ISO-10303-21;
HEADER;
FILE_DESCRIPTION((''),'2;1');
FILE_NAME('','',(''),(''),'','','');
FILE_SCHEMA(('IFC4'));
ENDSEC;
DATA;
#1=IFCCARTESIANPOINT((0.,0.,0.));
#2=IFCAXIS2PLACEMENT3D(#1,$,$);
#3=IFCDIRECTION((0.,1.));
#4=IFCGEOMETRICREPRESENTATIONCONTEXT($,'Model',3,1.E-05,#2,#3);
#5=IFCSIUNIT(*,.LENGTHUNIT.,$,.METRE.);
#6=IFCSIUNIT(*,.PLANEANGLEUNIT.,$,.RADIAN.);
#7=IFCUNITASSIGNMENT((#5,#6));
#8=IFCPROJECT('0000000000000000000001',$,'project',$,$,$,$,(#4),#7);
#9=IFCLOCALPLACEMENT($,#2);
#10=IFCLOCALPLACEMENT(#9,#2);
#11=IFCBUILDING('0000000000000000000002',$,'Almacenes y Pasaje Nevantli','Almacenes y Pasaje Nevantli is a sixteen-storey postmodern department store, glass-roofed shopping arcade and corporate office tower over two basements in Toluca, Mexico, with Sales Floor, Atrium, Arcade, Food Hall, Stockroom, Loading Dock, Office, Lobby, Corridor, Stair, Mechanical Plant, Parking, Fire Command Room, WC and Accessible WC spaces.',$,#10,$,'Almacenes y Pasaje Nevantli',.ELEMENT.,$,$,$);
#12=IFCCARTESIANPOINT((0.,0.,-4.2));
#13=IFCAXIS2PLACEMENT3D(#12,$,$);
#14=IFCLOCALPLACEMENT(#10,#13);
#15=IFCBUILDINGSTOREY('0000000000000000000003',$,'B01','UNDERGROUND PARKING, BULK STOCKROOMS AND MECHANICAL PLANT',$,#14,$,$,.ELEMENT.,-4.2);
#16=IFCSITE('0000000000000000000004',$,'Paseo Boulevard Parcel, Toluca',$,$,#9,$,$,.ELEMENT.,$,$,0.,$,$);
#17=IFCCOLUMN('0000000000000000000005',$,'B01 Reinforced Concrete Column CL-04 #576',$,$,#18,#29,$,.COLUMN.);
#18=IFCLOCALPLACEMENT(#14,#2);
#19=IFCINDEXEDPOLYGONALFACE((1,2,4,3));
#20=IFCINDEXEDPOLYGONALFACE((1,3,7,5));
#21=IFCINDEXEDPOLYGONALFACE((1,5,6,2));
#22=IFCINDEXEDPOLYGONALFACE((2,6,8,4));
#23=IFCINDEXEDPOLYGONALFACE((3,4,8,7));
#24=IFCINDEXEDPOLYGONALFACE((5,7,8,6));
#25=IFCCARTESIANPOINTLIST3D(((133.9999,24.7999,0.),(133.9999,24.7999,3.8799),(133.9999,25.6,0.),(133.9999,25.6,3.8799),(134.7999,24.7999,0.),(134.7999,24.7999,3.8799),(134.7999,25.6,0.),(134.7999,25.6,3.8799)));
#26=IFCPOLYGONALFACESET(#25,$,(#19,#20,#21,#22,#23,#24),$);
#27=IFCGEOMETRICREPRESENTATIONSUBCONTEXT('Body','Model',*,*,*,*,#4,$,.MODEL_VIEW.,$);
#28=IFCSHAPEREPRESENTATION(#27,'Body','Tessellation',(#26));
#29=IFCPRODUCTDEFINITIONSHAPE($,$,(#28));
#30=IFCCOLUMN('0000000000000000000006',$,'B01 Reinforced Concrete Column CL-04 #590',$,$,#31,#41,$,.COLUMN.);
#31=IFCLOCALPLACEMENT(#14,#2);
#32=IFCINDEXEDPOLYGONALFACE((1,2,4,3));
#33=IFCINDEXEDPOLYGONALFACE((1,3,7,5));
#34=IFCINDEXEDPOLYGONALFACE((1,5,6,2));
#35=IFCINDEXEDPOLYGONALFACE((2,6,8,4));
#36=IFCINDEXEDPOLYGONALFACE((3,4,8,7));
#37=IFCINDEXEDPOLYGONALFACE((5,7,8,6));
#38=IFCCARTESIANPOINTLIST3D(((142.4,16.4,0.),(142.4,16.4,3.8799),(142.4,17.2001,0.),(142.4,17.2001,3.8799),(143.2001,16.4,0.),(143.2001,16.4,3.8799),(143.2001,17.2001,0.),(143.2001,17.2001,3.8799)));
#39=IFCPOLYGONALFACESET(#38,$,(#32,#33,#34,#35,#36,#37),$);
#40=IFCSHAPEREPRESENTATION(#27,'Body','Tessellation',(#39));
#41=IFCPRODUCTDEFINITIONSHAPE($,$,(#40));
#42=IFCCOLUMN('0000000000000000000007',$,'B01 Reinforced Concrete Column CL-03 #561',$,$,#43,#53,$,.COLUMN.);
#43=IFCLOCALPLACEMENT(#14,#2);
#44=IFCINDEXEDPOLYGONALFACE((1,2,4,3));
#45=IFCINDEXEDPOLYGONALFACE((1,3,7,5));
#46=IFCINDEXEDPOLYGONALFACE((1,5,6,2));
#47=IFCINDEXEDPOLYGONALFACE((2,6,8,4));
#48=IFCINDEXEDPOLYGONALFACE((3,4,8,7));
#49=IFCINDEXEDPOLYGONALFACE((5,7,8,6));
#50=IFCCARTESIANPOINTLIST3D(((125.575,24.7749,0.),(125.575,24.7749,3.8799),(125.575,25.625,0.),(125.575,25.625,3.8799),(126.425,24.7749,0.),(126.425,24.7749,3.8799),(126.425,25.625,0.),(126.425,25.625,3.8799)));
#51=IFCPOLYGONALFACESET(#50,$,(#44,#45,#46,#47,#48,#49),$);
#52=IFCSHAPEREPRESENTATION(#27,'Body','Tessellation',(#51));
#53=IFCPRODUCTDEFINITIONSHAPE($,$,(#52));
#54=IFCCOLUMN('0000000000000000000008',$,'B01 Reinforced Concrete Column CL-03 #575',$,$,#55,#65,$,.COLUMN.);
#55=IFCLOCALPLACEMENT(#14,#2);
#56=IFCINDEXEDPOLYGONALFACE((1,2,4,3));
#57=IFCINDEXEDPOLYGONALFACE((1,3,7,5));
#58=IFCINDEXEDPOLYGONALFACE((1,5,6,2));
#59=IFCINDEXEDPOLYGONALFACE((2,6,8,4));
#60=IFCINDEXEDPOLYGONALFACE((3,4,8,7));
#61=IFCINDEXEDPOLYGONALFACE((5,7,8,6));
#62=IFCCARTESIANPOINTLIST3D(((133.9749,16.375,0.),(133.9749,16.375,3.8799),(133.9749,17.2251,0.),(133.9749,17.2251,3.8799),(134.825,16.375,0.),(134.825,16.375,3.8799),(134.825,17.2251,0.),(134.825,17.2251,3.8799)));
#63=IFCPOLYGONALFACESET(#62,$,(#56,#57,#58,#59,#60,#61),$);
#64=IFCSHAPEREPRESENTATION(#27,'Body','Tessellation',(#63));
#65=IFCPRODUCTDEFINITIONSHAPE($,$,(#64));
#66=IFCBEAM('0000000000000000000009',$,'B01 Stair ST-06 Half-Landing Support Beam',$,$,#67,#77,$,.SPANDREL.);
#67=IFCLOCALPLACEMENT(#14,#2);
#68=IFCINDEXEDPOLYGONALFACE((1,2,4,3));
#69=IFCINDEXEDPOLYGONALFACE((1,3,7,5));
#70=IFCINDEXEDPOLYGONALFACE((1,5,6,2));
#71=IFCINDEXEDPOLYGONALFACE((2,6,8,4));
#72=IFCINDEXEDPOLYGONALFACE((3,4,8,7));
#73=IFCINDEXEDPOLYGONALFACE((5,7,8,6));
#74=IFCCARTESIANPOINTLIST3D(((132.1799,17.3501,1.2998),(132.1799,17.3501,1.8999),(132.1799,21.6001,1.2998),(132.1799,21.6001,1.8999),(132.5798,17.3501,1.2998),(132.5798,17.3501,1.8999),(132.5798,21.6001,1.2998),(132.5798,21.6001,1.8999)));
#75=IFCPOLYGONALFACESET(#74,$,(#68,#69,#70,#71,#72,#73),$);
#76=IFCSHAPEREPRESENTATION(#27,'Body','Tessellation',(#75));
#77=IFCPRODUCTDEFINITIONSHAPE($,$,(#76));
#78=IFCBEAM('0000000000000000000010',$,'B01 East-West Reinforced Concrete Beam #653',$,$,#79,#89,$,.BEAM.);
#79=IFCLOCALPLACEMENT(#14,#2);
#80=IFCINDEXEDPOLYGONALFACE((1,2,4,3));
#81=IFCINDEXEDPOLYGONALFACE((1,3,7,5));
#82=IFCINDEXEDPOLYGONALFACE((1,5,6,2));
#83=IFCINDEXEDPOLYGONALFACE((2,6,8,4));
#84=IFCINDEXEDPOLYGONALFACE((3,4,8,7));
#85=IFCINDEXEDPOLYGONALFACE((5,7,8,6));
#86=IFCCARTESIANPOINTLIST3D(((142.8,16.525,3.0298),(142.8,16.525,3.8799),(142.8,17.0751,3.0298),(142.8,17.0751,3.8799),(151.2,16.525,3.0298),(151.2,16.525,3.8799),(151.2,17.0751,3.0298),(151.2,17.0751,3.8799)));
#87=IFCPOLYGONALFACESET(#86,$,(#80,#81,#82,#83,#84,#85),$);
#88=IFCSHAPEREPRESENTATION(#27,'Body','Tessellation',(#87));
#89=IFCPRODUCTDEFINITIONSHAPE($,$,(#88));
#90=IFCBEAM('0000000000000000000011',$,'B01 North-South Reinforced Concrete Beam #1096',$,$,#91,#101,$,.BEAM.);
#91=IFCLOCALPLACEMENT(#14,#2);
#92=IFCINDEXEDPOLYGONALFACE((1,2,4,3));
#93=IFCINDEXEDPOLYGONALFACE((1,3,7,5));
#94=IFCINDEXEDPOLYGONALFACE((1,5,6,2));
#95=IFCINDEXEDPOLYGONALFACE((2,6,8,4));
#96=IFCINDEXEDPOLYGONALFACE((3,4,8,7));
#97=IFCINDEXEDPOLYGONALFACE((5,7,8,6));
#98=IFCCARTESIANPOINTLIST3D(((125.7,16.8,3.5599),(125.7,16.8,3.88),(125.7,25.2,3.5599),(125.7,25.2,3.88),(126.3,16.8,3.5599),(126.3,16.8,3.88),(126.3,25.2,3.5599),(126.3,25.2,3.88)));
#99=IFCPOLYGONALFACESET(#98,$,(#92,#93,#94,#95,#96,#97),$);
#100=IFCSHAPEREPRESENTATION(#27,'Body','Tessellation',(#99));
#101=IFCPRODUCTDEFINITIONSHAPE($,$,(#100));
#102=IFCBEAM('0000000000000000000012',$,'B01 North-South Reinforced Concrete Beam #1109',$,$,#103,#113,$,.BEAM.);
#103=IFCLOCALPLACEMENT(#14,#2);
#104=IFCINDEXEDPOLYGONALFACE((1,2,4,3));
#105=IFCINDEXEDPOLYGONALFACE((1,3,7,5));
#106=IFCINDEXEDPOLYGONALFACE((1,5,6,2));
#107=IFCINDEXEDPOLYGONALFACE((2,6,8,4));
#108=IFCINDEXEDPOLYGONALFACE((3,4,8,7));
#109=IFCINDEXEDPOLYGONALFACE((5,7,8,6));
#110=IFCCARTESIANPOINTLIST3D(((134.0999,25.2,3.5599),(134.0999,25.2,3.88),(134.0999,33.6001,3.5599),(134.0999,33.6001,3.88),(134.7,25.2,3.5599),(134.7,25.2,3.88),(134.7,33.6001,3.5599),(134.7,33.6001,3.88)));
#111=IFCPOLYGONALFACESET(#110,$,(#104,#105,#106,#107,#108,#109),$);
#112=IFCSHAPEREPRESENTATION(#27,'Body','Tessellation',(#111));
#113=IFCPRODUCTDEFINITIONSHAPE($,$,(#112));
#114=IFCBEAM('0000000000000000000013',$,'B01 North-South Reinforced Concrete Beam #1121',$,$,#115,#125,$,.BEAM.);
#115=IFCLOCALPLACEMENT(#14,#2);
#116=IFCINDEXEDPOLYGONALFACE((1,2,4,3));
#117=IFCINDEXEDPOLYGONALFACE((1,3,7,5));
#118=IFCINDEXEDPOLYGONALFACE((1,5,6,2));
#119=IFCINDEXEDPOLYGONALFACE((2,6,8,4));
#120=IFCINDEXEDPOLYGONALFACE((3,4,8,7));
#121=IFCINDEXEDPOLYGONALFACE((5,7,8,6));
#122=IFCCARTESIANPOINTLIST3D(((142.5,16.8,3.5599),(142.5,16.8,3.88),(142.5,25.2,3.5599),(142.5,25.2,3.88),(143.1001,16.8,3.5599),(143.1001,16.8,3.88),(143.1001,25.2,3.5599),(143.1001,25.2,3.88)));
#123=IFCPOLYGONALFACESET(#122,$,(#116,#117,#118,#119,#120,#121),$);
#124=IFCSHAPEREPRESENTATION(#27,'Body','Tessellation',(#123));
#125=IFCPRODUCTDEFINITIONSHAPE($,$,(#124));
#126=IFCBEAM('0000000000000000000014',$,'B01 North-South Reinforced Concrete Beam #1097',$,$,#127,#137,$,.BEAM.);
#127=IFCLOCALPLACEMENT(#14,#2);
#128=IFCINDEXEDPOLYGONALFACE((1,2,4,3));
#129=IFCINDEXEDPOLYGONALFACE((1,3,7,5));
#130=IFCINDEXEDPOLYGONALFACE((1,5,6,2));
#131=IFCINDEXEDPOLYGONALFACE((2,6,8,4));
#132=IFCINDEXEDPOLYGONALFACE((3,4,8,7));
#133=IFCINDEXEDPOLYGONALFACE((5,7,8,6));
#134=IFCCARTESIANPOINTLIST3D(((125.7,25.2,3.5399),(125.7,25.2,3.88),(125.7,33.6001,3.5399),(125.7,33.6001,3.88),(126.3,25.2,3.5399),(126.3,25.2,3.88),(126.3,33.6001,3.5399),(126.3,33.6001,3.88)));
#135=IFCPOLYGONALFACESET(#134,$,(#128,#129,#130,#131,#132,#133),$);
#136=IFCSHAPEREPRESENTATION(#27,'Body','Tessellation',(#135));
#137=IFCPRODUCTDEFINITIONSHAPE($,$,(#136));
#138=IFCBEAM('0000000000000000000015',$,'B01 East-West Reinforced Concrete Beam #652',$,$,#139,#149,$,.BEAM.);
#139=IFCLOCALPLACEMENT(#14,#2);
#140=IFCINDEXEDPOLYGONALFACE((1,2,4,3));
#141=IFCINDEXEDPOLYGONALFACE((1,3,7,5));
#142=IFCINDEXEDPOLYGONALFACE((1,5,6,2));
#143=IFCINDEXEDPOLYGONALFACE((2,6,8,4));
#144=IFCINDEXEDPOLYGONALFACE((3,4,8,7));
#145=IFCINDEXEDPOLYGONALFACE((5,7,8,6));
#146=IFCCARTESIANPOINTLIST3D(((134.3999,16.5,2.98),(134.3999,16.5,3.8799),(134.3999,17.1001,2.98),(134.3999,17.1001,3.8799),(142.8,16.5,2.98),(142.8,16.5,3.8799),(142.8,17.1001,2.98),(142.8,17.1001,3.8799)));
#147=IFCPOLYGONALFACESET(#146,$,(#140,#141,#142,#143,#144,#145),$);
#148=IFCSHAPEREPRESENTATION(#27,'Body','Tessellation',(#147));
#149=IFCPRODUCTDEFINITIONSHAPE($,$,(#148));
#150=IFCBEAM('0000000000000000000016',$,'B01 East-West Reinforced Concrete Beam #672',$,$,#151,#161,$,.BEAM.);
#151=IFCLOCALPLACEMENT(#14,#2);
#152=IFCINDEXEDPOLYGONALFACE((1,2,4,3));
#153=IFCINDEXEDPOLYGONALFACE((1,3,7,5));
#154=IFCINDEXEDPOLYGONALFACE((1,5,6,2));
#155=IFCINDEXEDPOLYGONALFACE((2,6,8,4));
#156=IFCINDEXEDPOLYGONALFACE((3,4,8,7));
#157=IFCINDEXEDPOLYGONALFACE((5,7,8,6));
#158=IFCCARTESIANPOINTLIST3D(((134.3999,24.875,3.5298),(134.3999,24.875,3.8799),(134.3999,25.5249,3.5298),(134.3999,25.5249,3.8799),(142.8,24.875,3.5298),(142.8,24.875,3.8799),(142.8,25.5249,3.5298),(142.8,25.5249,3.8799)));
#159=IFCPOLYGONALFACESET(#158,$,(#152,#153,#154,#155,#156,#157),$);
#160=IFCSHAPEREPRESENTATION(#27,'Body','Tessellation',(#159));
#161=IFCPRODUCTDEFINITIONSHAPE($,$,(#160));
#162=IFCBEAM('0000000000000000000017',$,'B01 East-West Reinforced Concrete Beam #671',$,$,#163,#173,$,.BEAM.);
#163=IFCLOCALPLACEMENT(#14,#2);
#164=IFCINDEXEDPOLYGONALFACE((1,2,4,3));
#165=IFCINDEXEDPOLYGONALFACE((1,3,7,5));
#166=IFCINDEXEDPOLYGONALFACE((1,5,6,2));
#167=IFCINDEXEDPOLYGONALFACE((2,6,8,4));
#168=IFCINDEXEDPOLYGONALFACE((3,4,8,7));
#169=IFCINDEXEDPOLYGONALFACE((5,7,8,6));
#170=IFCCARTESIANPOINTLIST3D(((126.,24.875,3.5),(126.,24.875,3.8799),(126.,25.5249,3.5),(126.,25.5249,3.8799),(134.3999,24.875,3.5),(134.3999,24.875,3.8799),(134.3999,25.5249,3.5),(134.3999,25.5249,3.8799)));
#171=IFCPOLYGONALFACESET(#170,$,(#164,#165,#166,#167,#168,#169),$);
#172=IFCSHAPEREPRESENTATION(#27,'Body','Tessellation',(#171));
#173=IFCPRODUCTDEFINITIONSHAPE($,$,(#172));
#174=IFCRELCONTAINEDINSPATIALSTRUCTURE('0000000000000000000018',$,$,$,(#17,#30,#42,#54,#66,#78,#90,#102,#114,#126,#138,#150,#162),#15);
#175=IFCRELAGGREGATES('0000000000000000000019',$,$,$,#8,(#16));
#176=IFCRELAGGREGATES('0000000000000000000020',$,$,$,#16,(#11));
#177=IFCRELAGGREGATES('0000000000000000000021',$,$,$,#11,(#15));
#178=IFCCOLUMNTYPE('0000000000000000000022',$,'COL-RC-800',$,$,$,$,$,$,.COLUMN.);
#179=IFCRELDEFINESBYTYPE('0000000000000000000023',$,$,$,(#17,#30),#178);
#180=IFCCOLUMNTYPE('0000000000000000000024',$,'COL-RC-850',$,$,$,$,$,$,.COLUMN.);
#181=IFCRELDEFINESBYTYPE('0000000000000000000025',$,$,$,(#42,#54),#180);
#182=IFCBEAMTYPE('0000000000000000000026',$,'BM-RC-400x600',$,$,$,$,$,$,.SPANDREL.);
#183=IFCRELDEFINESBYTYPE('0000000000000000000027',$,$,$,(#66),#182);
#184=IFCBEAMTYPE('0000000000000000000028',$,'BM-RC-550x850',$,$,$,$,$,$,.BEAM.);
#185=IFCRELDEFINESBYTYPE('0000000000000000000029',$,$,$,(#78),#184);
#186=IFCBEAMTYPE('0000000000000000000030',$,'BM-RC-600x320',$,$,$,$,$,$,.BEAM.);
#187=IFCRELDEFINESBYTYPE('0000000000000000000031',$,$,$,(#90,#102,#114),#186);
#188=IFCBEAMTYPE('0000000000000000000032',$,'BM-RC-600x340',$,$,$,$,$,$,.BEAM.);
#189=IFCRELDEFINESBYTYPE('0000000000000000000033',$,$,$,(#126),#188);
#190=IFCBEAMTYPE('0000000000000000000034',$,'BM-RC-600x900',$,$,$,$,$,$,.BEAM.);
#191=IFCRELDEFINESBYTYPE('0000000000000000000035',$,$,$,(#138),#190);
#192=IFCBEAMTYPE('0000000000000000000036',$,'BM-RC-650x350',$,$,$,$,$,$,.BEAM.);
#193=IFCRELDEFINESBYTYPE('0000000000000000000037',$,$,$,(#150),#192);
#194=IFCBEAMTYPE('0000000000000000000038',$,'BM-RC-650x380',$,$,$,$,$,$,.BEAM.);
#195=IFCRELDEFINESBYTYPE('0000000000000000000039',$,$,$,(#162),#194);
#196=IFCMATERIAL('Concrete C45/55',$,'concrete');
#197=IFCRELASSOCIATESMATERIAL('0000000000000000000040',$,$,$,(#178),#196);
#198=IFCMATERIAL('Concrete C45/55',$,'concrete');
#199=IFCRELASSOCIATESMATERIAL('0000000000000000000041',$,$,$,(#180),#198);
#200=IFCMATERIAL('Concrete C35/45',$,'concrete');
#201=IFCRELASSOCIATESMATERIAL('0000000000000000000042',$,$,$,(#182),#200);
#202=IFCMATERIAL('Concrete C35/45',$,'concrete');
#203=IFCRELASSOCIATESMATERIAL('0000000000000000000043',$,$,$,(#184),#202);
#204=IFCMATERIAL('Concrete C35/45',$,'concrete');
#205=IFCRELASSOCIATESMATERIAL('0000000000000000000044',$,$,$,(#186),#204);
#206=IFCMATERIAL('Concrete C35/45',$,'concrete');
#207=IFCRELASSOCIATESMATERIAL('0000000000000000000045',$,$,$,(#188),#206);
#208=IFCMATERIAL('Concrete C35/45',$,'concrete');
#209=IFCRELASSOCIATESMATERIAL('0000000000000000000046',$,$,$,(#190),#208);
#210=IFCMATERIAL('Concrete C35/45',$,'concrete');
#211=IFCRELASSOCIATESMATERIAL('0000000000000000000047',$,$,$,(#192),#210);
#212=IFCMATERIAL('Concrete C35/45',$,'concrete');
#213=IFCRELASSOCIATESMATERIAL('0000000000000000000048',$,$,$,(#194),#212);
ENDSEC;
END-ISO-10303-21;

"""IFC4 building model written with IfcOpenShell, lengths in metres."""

from ifc_helpers import new_model, si_unit, direction, frame, origin, origin_2d, place, context, subcontext, project, spatial, rectangle, extrude, material, material_profile, profile_set, type_object, element, save


model = new_model("IFC4")

# Units and contexts
model_context = context("Model", 3, precision=1e-05, world=origin(), true_north=direction((0.0, 1.0)))
body_context = subcontext(model_context, "Body", "Model", "MODEL_VIEW")
ifc_project = project(units=[si_unit("LENGTHUNIT", "METRE"), si_unit("PLANEANGLEUNIT", "RADIAN")], contexts=[model_context])

# Site, building, storey
site_placement = place(None, origin())
site = spatial("IfcSite", under=ifc_project, at=site_placement, Name="Paseo Boulevard Parcel, Toluca", CompositionType="ELEMENT", RefElevation=0.0)
building_placement = place(site_placement, origin())
building = spatial("IfcBuilding", under=site, at=building_placement, Name="Almacenes y Pasaje Nevantli", Description="Almacenes y Pasaje Nevantli is a sixteen-storey postmodern department store, glass-roofed shopping arcade and corporate office tower over two basements in Toluca, Mexico, with Sales Floor, Atrium, Arcade, Food Hall, Stockroom, Loading Dock, Office, Lobby, Corridor, Stair, Mechanical Plant, Parking, Fire Command Room, WC and Accessible WC spaces.", LongName="Almacenes y Pasaje Nevantli", CompositionType="ELEMENT")
storey_placement = place(building_placement, frame((0.0, 0.0, -4.2)))
storey = spatial("IfcBuildingStorey", under=building, at=storey_placement, Name="B01", Description="UNDERGROUND PARKING, BULK STOCKROOMS AND MECHANICAL PLANT", CompositionType="ELEMENT", Elevation=-4.2)

# Columns
ifc_material_1 = material(Name="Concrete C45/55", Category="concrete")
ifc_material_profile_1 = material_profile(ifc_material_1, rectangle(XDim=0.8, YDim=0.8, at=origin_2d()), Name="RC-COL-800x800")
ifc_profile_set_1 = profile_set([ifc_material_profile_1], Name="Concrete C45/55")
column_type_1 = type_object("IfcColumnType", Name="COL-RC-800", PredefinedType="COLUMN", material=ifc_profile_set_1)
for number, where, z_axis, x_axis, name in (
    (1, (134.3999, 25.2, 0.0), (0.0, 0.0, 1.0), (1.0, 0.0, 0.0), "B01 Reinforced Concrete Column CL-04 #576"),
    (2, (142.8, 16.8, 0.0), (0.0, 0.0, 1.0), (1.0, 0.0, 0.0), "B01 Reinforced Concrete Column CL-04 #590"),
):
    element("IfcColumn", number, at=place(storey_placement, frame(where, z_axis=z_axis, x_axis=x_axis)), inside=storey, type_object=column_type_1, Name=name, PredefinedType="COLUMN", context=body_context, shape_type="SweptSolid", body=[
        extrude(rectangle(XDim=0.8, YDim=0.8, at=origin_2d()), origin(), (0.0, 0.0, 1.0), 3.8799),
    ])
ifc_material_2 = material(Name="Concrete C45/55", Category="concrete")
ifc_material_profile_2 = material_profile(ifc_material_2, rectangle(XDim=0.8501, YDim=0.8501, at=origin_2d()), Name="RC-COL-850x850")
ifc_profile_set_2 = profile_set([ifc_material_profile_2], Name="Concrete C45/55")
column_type_2 = type_object("IfcColumnType", Name="COL-RC-850", PredefinedType="COLUMN", material=ifc_profile_set_2)
for number, where, z_axis, x_axis, name in (
    (3, (126.0, 25.2, 0.0), (0.0, 0.0, 1.0), (1.0, 0.0, 0.0), "B01 Reinforced Concrete Column CL-03 #561"),
    (4, (134.3999, 16.8, 0.0), (0.0, 0.0, 1.0), (1.0, 0.0, 0.0), "B01 Reinforced Concrete Column CL-03 #575"),
):
    element("IfcColumn", number, at=place(storey_placement, frame(where, z_axis=z_axis, x_axis=x_axis)), inside=storey, type_object=column_type_2, Name=name, PredefinedType="COLUMN", context=body_context, shape_type="SweptSolid", body=[
        extrude(rectangle(XDim=0.8501, YDim=0.8501, at=origin_2d()), origin(), (0.0, 0.0, 1.0), 3.8799),
    ])

# Beams
ifc_material_3 = material(Name="Concrete C35/45", Category="concrete")
ifc_material_profile_3 = material_profile(ifc_material_3, rectangle(XDim=0.3999, YDim=0.6001, at=origin_2d()), Name="RC-BM-400x600")
ifc_profile_set_3 = profile_set([ifc_material_profile_3], Name="Concrete C35/45")
beam_type_1 = type_object("IfcBeamType", Name="BM-RC-400x600", PredefinedType="SPANDREL", material=ifc_profile_set_3)
beam_1_placement = place(storey_placement, frame((132.3799, 17.3501, 1.5999), z_axis=(0.0, 1.0, 0.0), x_axis=(-1.0, 0.0, 0.0)))
element("IfcBeam", 5, at=beam_1_placement, inside=storey, type_object=beam_type_1, Name="B01 Stair ST-06 Half-Landing Support Beam", PredefinedType="SPANDREL", context=body_context, shape_type="SweptSolid", body=[
    extrude(rectangle(XDim=0.3999, YDim=0.6001, at=origin_2d()), origin(), (0.0, 0.0, 1.0), 4.25),
])
ifc_material_4 = material(Name="Concrete C35/45", Category="concrete")
ifc_material_profile_4 = material_profile(ifc_material_4, rectangle(XDim=0.55, YDim=0.8501, at=origin_2d()), Name="RC-BM-550x850")
ifc_profile_set_4 = profile_set([ifc_material_profile_4], Name="Concrete C35/45")
beam_type_2 = type_object("IfcBeamType", Name="BM-RC-550x850", PredefinedType="BEAM", material=ifc_profile_set_4)
beam_2_placement = place(storey_placement, frame((142.8, 16.8, 3.4548), z_axis=(1.0, 0.0, 0.0), x_axis=(0.0, 1.0, 0.0)))
element("IfcBeam", 6, at=beam_2_placement, inside=storey, type_object=beam_type_2, Name="B01 East-West Reinforced Concrete Beam #653", PredefinedType="BEAM", context=body_context, shape_type="SweptSolid", body=[
    extrude(rectangle(XDim=0.55, YDim=0.8501, at=origin_2d()), origin(), (0.0, 0.0, 1.0), 8.3999),
])
ifc_material_5 = material(Name="Concrete C35/45", Category="concrete")
ifc_material_profile_5 = material_profile(ifc_material_5, rectangle(XDim=0.6001, YDim=0.3201, at=origin_2d()), Name="RC-BM-600x320")
ifc_profile_set_5 = profile_set([ifc_material_profile_5], Name="Concrete C35/45")
beam_type_3 = type_object("IfcBeamType", Name="BM-RC-600x320", PredefinedType="BEAM", material=ifc_profile_set_5)
beam_3_placement = place(storey_placement, frame((126.0, 16.8, 3.72), z_axis=(0.0, 1.0, 0.0), x_axis=(-1.0, 0.0, 0.0)))
element("IfcBeam", 7, at=beam_3_placement, inside=storey, type_object=beam_type_3, Name="B01 North-South Reinforced Concrete Beam #1096", PredefinedType="BEAM", context=body_context, shape_type="SweptSolid", body=[
    extrude(rectangle(XDim=0.6001, YDim=0.3201, at=origin_2d()), origin(), (0.0, 0.0, 1.0), 8.3999),
])
beam_4_placement = place(storey_placement, frame((134.3999, 25.2, 3.72), z_axis=(0.0, 1.0, 0.0), x_axis=(-1.0, 0.0, 0.0)))
element("IfcBeam", 8, at=beam_4_placement, inside=storey, type_object=beam_type_3, Name="B01 North-South Reinforced Concrete Beam #1109", PredefinedType="BEAM", context=body_context, shape_type="SweptSolid", body=[
    extrude(rectangle(XDim=0.6001, YDim=0.3201, at=origin_2d()), origin(), (0.0, 0.0, 1.0), 8.4001),
])
beam_5_placement = place(storey_placement, frame((142.8, 16.8, 3.72), z_axis=(0.0, 1.0, 0.0), x_axis=(-1.0, 0.0, 0.0)))
element("IfcBeam", 9, at=beam_5_placement, inside=storey, type_object=beam_type_3, Name="B01 North-South Reinforced Concrete Beam #1121", PredefinedType="BEAM", context=body_context, shape_type="SweptSolid", body=[
    extrude(rectangle(XDim=0.6001, YDim=0.3201, at=origin_2d()), origin(), (0.0, 0.0, 1.0), 8.3999),
])
ifc_material_6 = material(Name="Concrete C35/45", Category="concrete")
ifc_material_profile_6 = material_profile(ifc_material_6, rectangle(XDim=0.6001, YDim=0.3401, at=origin_2d()), Name="RC-BM-600x340")
ifc_profile_set_6 = profile_set([ifc_material_profile_6], Name="Concrete C35/45")
beam_type_4 = type_object("IfcBeamType", Name="BM-RC-600x340", PredefinedType="BEAM", material=ifc_profile_set_6)
beam_6_placement = place(storey_placement, frame((126.0, 25.2, 3.71), z_axis=(0.0, 1.0, 0.0), x_axis=(-1.0, 0.0, 0.0)))
element("IfcBeam", 10, at=beam_6_placement, inside=storey, type_object=beam_type_4, Name="B01 North-South Reinforced Concrete Beam #1097", PredefinedType="BEAM", context=body_context, shape_type="SweptSolid", body=[
    extrude(rectangle(XDim=0.6001, YDim=0.3401, at=origin_2d()), origin(), (0.0, 0.0, 1.0), 8.4001),
])
ifc_material_7 = material(Name="Concrete C35/45", Category="concrete")
ifc_material_profile_7 = material_profile(ifc_material_7, rectangle(XDim=0.6001, YDim=0.8999, at=origin_2d()), Name="RC-BM-600x900")
ifc_profile_set_7 = profile_set([ifc_material_profile_7], Name="Concrete C35/45")
beam_type_5 = type_object("IfcBeamType", Name="BM-RC-600x900", PredefinedType="BEAM", material=ifc_profile_set_7)
beam_7_placement = place(storey_placement, frame((134.3999, 16.8, 3.4299), z_axis=(1.0, 0.0, 0.0), x_axis=(0.0, 1.0, 0.0)))
element("IfcBeam", 11, at=beam_7_placement, inside=storey, type_object=beam_type_5, Name="B01 East-West Reinforced Concrete Beam #652", PredefinedType="BEAM", context=body_context, shape_type="SweptSolid", body=[
    extrude(rectangle(XDim=0.6001, YDim=0.8999, at=origin_2d()), origin(), (0.0, 0.0, 1.0), 8.4001),
])
ifc_material_8 = material(Name="Concrete C35/45", Category="concrete")
ifc_material_profile_8 = material_profile(ifc_material_8, rectangle(XDim=0.6499, YDim=0.3501, at=origin_2d()), Name="RC-BM-650x350")
ifc_profile_set_8 = profile_set([ifc_material_profile_8], Name="Concrete C35/45")
beam_type_6 = type_object("IfcBeamType", Name="BM-RC-650x350", PredefinedType="BEAM", material=ifc_profile_set_8)
beam_8_placement = place(storey_placement, frame((134.3999, 25.2, 3.7048), z_axis=(1.0, 0.0, 0.0), x_axis=(0.0, 1.0, 0.0)))
element("IfcBeam", 12, at=beam_8_placement, inside=storey, type_object=beam_type_6, Name="B01 East-West Reinforced Concrete Beam #672", PredefinedType="BEAM", context=body_context, shape_type="SweptSolid", body=[
    extrude(rectangle(XDim=0.6499, YDim=0.3501, at=origin_2d()), origin(), (0.0, 0.0, 1.0), 8.4001),
])
ifc_material_9 = material(Name="Concrete C35/45", Category="concrete")
ifc_material_profile_9 = material_profile(ifc_material_9, rectangle(XDim=0.6499, YDim=0.3799, at=origin_2d()), Name="RC-BM-650x380")
ifc_profile_set_9 = profile_set([ifc_material_profile_9], Name="Concrete C35/45")
beam_type_7 = type_object("IfcBeamType", Name="BM-RC-650x380", PredefinedType="BEAM", material=ifc_profile_set_9)
beam_9_placement = place(storey_placement, frame((126.0, 25.2, 3.6899), z_axis=(1.0, 0.0, 0.0), x_axis=(0.0, 1.0, 0.0)))
element("IfcBeam", 13, at=beam_9_placement, inside=storey, type_object=beam_type_7, Name="B01 East-West Reinforced Concrete Beam #671", PredefinedType="BEAM", context=body_context, shape_type="SweptSolid", body=[
    extrude(rectangle(XDim=0.6499, YDim=0.3799, at=origin_2d()), origin(), (0.0, 0.0, 1.0), 8.3999),
])

save(model, "model.ifc")
